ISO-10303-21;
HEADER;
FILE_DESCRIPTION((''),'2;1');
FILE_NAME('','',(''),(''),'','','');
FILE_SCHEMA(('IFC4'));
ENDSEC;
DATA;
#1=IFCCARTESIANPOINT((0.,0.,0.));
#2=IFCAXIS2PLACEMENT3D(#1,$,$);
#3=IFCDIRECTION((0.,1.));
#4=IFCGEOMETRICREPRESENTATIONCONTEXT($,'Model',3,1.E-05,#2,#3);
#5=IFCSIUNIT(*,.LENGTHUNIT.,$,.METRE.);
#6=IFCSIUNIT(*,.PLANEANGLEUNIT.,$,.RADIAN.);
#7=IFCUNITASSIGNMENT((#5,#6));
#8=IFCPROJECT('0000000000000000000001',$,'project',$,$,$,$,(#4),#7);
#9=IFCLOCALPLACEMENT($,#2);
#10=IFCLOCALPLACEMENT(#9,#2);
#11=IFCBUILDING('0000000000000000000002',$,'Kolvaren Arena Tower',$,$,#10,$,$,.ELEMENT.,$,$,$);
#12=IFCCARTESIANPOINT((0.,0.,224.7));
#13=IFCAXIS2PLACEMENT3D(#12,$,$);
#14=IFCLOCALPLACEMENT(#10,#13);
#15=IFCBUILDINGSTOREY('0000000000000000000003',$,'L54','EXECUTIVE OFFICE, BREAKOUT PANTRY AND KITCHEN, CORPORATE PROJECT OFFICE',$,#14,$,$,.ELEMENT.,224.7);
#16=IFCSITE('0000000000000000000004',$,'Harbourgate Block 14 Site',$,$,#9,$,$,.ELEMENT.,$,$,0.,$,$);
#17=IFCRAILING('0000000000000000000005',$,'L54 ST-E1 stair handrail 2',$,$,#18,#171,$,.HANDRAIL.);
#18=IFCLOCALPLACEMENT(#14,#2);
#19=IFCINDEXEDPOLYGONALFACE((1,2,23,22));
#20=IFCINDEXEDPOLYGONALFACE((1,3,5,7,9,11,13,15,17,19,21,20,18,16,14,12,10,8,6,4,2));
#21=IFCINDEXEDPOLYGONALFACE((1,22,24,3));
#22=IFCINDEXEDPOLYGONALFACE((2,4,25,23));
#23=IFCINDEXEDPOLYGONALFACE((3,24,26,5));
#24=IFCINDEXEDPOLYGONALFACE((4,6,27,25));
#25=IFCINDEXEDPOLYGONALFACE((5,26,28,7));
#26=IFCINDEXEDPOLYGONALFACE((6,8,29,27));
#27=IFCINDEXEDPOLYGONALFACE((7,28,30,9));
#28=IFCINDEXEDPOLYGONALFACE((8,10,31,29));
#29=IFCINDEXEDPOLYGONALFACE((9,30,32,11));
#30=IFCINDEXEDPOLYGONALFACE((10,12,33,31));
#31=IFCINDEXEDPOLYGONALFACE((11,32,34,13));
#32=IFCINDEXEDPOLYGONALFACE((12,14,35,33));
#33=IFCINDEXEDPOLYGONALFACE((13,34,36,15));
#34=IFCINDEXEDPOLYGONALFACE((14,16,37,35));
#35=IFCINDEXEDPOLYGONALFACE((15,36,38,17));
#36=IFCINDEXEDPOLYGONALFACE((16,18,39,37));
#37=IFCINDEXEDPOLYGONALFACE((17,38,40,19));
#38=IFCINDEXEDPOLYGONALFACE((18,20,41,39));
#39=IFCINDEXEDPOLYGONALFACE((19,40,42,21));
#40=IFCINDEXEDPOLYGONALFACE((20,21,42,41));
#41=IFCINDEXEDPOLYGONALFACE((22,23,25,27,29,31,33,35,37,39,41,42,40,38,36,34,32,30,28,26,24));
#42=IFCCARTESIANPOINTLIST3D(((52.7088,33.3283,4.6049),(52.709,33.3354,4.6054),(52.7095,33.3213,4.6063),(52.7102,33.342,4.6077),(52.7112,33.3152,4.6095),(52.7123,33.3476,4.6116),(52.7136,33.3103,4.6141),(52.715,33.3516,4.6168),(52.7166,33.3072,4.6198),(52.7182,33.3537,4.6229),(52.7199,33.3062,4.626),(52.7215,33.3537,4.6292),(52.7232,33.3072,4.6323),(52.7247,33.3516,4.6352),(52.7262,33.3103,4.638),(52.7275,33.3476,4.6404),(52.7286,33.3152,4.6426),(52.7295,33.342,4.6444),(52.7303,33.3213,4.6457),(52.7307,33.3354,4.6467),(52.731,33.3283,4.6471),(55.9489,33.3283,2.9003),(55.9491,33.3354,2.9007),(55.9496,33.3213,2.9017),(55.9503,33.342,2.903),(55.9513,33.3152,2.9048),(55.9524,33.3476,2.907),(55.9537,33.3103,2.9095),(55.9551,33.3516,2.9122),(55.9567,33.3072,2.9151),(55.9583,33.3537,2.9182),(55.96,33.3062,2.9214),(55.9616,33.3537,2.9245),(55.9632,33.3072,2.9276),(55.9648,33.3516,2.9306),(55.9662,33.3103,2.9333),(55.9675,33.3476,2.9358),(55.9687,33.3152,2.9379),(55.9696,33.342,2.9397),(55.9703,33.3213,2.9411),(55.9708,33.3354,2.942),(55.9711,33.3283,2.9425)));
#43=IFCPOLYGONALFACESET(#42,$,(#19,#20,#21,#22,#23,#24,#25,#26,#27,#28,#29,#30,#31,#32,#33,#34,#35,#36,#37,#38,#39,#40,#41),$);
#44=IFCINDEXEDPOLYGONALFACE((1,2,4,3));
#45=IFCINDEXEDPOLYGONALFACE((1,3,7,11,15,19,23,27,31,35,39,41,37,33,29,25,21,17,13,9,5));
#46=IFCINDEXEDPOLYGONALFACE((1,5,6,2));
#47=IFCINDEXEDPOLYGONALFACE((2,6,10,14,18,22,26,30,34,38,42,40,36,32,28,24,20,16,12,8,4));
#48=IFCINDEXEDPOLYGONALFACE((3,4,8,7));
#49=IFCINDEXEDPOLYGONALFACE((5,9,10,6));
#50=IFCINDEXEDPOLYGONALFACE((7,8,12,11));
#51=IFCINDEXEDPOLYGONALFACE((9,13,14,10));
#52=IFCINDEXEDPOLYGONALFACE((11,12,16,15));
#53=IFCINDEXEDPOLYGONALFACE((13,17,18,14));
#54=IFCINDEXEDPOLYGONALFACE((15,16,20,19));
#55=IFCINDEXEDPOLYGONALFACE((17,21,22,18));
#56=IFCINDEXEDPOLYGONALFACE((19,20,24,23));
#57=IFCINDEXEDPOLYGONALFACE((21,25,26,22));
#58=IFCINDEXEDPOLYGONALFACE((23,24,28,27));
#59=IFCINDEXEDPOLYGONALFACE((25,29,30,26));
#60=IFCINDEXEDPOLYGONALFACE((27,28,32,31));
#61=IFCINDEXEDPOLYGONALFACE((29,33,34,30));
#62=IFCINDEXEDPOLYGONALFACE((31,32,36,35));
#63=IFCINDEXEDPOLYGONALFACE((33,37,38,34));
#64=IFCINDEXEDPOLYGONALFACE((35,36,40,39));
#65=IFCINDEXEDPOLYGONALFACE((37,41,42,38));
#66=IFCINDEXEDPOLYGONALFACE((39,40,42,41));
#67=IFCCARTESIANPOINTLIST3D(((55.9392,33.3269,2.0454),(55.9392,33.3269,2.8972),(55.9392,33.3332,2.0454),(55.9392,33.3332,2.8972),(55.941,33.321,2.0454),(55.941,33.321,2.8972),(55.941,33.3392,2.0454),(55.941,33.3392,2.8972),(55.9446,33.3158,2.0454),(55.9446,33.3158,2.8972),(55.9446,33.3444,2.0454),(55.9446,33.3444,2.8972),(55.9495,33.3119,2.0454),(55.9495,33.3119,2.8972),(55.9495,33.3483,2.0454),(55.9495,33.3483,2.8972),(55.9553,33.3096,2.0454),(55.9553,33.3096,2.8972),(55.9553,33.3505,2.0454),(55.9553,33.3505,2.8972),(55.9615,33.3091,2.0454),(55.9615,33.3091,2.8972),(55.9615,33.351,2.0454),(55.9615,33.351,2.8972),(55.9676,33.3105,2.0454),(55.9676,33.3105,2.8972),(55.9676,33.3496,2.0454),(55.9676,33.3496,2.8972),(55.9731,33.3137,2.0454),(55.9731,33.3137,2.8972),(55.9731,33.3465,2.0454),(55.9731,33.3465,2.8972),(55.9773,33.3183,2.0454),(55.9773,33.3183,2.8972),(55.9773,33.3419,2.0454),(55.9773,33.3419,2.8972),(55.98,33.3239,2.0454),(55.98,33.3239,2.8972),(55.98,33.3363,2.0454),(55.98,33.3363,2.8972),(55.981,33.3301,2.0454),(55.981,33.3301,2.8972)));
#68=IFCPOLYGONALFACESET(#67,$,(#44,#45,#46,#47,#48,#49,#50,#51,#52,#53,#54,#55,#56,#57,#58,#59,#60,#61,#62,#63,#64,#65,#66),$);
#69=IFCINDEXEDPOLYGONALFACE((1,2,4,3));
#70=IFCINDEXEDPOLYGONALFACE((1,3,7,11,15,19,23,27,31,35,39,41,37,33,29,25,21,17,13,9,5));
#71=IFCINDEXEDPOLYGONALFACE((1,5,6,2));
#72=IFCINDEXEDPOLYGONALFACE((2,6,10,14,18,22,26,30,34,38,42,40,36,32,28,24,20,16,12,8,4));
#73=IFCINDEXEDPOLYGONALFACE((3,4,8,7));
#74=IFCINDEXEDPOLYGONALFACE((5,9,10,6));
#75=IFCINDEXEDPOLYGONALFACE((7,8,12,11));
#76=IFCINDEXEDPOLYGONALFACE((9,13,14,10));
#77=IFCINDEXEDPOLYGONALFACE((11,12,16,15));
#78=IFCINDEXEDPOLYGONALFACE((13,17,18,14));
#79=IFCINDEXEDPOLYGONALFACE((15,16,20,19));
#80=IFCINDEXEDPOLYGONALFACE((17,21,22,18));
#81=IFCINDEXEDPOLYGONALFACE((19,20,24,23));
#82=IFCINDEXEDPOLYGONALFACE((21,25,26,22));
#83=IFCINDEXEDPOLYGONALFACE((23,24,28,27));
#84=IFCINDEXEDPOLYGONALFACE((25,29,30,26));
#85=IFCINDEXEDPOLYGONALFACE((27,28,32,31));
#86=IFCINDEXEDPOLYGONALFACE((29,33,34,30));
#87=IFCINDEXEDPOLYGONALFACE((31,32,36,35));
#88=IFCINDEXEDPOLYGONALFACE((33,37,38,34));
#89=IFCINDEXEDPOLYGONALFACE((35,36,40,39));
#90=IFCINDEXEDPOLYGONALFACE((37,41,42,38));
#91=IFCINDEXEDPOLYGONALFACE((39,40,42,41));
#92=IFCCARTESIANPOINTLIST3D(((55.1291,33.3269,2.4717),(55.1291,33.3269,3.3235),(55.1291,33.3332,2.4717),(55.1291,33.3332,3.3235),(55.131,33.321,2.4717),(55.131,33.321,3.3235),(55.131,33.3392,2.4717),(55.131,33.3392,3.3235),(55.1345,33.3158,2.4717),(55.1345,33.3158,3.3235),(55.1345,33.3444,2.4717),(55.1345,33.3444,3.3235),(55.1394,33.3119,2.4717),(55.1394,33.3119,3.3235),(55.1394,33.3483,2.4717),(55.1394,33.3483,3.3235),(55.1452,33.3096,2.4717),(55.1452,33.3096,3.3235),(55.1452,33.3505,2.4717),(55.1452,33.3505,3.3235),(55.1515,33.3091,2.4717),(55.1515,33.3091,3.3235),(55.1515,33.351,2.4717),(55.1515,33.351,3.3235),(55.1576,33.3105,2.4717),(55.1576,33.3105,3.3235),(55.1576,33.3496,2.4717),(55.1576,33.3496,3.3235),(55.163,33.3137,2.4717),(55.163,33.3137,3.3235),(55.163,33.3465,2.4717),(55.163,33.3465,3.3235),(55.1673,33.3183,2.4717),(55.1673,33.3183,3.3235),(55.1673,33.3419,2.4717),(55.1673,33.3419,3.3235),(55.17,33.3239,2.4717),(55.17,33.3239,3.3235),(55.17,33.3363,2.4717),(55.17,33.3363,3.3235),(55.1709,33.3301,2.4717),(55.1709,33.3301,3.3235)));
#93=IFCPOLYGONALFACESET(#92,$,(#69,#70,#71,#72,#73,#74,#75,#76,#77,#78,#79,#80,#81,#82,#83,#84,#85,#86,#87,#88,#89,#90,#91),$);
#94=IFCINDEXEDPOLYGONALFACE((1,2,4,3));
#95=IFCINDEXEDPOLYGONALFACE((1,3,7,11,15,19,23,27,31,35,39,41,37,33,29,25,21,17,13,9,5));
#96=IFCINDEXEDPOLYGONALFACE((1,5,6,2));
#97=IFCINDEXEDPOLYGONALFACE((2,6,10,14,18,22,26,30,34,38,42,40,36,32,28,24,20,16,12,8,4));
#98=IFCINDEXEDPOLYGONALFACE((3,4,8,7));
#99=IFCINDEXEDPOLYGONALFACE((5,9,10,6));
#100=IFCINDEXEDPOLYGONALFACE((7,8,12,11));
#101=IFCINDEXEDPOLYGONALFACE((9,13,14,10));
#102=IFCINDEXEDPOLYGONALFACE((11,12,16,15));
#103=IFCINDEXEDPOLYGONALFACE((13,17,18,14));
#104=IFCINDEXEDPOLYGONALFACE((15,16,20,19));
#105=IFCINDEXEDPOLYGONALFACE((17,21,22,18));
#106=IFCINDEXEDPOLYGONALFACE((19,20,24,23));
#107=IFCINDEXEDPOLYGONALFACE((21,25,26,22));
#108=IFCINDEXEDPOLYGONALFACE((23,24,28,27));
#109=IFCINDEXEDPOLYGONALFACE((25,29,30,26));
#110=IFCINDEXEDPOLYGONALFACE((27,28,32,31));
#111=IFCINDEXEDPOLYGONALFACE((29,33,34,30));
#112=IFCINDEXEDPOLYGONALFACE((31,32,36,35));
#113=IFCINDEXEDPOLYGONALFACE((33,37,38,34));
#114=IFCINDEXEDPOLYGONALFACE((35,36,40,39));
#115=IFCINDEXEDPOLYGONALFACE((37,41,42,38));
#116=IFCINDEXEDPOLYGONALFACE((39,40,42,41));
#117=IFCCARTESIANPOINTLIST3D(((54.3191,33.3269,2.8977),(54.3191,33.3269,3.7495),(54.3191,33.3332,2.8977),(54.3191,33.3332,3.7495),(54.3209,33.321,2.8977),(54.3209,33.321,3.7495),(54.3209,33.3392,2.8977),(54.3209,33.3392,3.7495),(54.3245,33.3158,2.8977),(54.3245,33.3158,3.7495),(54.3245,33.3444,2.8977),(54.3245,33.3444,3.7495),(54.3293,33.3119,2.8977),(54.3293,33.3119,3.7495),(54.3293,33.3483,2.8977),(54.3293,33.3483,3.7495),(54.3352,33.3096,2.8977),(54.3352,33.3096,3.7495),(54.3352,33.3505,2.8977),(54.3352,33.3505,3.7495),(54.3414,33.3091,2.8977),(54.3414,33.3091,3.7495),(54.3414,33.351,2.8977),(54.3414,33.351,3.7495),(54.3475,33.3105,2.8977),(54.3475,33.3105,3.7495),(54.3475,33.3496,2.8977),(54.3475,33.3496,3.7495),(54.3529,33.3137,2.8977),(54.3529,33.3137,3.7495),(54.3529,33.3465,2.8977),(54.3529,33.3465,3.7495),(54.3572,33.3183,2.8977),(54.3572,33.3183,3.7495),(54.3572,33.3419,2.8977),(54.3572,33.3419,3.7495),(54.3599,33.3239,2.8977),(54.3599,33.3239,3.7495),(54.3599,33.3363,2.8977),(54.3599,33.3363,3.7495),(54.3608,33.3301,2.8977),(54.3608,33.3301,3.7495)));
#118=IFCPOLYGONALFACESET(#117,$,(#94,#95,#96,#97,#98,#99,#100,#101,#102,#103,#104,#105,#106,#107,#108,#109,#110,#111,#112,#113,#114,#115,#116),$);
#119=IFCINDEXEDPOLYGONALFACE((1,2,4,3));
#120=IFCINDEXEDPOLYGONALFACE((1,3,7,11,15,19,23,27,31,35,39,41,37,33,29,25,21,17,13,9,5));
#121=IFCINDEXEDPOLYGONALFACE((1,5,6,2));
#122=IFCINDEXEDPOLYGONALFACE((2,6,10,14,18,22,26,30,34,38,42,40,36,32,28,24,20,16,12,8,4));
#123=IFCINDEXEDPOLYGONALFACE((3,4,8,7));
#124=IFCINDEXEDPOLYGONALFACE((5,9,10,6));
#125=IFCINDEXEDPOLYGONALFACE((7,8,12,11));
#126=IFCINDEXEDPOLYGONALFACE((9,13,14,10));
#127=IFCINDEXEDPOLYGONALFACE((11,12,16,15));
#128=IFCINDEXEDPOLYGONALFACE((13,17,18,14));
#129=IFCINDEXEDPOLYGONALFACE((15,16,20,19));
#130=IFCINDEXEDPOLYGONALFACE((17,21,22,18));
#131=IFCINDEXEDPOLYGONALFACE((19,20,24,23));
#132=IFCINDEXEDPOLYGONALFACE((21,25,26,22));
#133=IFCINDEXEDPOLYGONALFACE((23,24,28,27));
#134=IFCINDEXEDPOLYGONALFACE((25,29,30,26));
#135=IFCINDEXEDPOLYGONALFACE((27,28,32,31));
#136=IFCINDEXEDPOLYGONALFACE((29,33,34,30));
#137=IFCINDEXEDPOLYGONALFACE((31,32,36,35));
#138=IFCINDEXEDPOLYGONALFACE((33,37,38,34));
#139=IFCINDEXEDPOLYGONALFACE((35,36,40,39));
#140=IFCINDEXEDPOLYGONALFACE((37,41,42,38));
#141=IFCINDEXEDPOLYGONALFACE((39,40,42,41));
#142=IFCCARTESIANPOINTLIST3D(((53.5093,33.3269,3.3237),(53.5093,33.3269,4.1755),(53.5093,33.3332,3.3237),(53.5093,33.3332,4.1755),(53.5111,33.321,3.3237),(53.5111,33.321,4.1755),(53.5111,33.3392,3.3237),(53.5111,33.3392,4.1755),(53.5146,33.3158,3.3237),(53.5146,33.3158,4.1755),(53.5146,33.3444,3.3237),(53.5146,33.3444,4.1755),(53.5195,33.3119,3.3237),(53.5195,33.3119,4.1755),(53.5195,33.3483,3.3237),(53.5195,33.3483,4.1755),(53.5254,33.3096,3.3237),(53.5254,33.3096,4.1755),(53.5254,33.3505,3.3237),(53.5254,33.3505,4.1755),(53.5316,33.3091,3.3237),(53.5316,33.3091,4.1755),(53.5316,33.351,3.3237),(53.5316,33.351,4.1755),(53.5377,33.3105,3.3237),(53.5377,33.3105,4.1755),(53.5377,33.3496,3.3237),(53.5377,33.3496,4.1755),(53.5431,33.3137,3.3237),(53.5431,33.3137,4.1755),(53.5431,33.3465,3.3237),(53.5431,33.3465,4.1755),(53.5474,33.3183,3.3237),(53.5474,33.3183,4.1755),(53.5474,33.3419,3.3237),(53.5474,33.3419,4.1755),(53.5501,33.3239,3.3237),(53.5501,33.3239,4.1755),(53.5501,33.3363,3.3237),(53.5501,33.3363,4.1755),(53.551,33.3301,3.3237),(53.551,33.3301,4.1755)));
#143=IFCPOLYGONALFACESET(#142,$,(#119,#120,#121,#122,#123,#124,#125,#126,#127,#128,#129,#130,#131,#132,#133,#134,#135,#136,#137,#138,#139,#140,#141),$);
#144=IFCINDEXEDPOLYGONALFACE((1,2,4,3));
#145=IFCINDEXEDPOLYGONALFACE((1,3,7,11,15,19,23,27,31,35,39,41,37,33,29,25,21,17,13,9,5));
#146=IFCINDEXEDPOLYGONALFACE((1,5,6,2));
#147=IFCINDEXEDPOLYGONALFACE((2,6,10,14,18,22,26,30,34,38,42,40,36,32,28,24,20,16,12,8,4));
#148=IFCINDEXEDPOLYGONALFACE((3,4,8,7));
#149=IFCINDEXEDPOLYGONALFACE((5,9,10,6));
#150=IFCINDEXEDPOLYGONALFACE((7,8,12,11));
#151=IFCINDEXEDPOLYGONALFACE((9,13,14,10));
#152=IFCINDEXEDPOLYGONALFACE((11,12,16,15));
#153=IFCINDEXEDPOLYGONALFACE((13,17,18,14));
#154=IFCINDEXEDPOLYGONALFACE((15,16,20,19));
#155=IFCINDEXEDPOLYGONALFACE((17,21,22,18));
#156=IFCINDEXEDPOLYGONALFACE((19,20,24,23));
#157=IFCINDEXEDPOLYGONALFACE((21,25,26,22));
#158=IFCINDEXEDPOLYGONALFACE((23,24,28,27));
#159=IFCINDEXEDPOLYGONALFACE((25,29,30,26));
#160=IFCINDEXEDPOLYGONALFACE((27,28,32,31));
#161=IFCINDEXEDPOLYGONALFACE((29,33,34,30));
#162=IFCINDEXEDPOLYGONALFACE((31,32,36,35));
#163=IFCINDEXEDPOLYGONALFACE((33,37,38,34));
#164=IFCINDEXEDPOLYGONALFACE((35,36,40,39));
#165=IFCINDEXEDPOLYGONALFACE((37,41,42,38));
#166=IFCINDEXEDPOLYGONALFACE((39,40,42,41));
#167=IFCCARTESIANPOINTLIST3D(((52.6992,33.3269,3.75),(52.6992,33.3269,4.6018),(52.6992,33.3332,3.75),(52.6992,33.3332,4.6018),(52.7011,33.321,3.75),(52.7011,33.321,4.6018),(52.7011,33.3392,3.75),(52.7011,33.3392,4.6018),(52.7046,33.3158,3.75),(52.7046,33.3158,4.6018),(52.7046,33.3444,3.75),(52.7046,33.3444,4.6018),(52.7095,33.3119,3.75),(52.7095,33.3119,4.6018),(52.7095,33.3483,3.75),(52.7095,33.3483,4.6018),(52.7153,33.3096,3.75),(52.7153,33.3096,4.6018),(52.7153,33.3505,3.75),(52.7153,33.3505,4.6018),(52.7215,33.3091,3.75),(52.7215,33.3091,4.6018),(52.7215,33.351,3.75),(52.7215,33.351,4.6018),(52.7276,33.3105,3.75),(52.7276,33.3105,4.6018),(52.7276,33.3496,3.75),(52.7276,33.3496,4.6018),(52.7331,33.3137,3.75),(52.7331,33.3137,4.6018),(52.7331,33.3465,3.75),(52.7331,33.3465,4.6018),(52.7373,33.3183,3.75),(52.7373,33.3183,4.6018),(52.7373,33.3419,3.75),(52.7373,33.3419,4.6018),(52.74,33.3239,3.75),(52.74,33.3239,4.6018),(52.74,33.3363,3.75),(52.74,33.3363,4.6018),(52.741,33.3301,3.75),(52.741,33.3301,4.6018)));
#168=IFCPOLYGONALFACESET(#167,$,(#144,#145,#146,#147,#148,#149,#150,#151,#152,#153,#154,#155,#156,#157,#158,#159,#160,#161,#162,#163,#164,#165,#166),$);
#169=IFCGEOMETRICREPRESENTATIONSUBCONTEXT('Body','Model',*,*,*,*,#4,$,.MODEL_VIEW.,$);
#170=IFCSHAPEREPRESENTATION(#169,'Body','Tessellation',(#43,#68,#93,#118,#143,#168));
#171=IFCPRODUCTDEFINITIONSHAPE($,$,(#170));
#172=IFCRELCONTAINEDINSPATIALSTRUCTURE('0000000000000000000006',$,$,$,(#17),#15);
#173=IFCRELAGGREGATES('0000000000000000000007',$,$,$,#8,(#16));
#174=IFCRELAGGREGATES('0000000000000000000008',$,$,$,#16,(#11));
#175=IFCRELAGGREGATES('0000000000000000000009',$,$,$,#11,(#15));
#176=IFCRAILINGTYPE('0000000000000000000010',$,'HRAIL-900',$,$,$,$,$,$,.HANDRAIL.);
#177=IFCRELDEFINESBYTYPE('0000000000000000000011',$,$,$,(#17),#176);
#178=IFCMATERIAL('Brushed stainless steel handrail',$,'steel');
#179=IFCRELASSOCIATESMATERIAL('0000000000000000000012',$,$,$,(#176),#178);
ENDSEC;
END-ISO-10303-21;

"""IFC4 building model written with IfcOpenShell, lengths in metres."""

from ifc_helpers import new_model, si_unit, direction, frame, origin, origin_2d, place, context, subcontext, project, spatial, circle, extrude, material, type_object, element, save


model = new_model("IFC4")

# Units and contexts
model_context = context("Model", 3, precision=1e-05, world=origin(), true_north=direction((0.0, 1.0)))
body_context = subcontext(model_context, "Body", "Model", "MODEL_VIEW")
ifc_project = project(units=[si_unit("LENGTHUNIT", "METRE"), si_unit("PLANEANGLEUNIT", "RADIAN")], contexts=[model_context])

# Site, building, storey
site_placement = place(None, origin())
site = spatial("IfcSite", under=ifc_project, at=site_placement, Name="Harbourgate Block 14 Site", CompositionType="ELEMENT", RefElevation=0.0)
building_placement = place(site_placement, origin())
building = spatial("IfcBuilding", under=site, at=building_placement, Name="Kolvaren Arena Tower", CompositionType="ELEMENT")
storey_placement = place(building_placement, frame((0.0, 0.0, 224.7)))
storey = spatial("IfcBuildingStorey", under=building, at=storey_placement, Name="L54", Description="EXECUTIVE OFFICE, BREAKOUT PANTRY AND KITCHEN, CORPORATE PROJECT OFFICE", CompositionType="ELEMENT", Elevation=224.7)

# Railing
ifc_material_1 = material(Name="Brushed stainless steel handrail", Category="steel")
railing_type_1 = type_object("IfcRailingType", Name="HRAIL-900", PredefinedType="HANDRAIL", material=ifc_material_1)
for number, where, name in (
    (1, (55.96, 33.3301, 2.0454), "L54 ST-E1 stair handrail 2"),
):
    element("IfcRailing", number, at=place(storey_placement, frame(where)), inside=storey, type_object=railing_type_1, Name=name, PredefinedType="HANDRAIL", context=body_context, shape_type="SweptSolid", body=[
        extrude(circle(Radius=0.0239, at=origin_2d()), frame((0.0, 0.0, 0.876), z_axis=(-0.884993, 0.0, 0.465604), x_axis=(0.0, -1.0, 0.0)), (0.0, 0.0, 1.0), 3.6611),
        extrude(circle(Radius=0.021, at=origin_2d()), origin(), (0.0, 0.0, 1.0), 0.8518),
        extrude(circle(Radius=0.021, at=origin_2d()), frame((-0.8101, 0.0, 0.4263)), (0.0, 0.0, 1.0), 0.8518),
        extrude(circle(Radius=0.021, at=origin_2d()), frame((-1.6201, 0.0, 0.8523)), (0.0, 0.0, 1.0), 0.8518),
        extrude(circle(Radius=0.021, at=origin_2d()), frame((-2.4299, 0.0, 1.2783)), (0.0, 0.0, 1.0), 0.8518),
        extrude(circle(Radius=0.021, at=origin_2d()), frame((-3.24, 0.0, 1.7046)), (0.0, 0.0, 1.0), 0.8518),
    ])

save(model, "model.ifc")
